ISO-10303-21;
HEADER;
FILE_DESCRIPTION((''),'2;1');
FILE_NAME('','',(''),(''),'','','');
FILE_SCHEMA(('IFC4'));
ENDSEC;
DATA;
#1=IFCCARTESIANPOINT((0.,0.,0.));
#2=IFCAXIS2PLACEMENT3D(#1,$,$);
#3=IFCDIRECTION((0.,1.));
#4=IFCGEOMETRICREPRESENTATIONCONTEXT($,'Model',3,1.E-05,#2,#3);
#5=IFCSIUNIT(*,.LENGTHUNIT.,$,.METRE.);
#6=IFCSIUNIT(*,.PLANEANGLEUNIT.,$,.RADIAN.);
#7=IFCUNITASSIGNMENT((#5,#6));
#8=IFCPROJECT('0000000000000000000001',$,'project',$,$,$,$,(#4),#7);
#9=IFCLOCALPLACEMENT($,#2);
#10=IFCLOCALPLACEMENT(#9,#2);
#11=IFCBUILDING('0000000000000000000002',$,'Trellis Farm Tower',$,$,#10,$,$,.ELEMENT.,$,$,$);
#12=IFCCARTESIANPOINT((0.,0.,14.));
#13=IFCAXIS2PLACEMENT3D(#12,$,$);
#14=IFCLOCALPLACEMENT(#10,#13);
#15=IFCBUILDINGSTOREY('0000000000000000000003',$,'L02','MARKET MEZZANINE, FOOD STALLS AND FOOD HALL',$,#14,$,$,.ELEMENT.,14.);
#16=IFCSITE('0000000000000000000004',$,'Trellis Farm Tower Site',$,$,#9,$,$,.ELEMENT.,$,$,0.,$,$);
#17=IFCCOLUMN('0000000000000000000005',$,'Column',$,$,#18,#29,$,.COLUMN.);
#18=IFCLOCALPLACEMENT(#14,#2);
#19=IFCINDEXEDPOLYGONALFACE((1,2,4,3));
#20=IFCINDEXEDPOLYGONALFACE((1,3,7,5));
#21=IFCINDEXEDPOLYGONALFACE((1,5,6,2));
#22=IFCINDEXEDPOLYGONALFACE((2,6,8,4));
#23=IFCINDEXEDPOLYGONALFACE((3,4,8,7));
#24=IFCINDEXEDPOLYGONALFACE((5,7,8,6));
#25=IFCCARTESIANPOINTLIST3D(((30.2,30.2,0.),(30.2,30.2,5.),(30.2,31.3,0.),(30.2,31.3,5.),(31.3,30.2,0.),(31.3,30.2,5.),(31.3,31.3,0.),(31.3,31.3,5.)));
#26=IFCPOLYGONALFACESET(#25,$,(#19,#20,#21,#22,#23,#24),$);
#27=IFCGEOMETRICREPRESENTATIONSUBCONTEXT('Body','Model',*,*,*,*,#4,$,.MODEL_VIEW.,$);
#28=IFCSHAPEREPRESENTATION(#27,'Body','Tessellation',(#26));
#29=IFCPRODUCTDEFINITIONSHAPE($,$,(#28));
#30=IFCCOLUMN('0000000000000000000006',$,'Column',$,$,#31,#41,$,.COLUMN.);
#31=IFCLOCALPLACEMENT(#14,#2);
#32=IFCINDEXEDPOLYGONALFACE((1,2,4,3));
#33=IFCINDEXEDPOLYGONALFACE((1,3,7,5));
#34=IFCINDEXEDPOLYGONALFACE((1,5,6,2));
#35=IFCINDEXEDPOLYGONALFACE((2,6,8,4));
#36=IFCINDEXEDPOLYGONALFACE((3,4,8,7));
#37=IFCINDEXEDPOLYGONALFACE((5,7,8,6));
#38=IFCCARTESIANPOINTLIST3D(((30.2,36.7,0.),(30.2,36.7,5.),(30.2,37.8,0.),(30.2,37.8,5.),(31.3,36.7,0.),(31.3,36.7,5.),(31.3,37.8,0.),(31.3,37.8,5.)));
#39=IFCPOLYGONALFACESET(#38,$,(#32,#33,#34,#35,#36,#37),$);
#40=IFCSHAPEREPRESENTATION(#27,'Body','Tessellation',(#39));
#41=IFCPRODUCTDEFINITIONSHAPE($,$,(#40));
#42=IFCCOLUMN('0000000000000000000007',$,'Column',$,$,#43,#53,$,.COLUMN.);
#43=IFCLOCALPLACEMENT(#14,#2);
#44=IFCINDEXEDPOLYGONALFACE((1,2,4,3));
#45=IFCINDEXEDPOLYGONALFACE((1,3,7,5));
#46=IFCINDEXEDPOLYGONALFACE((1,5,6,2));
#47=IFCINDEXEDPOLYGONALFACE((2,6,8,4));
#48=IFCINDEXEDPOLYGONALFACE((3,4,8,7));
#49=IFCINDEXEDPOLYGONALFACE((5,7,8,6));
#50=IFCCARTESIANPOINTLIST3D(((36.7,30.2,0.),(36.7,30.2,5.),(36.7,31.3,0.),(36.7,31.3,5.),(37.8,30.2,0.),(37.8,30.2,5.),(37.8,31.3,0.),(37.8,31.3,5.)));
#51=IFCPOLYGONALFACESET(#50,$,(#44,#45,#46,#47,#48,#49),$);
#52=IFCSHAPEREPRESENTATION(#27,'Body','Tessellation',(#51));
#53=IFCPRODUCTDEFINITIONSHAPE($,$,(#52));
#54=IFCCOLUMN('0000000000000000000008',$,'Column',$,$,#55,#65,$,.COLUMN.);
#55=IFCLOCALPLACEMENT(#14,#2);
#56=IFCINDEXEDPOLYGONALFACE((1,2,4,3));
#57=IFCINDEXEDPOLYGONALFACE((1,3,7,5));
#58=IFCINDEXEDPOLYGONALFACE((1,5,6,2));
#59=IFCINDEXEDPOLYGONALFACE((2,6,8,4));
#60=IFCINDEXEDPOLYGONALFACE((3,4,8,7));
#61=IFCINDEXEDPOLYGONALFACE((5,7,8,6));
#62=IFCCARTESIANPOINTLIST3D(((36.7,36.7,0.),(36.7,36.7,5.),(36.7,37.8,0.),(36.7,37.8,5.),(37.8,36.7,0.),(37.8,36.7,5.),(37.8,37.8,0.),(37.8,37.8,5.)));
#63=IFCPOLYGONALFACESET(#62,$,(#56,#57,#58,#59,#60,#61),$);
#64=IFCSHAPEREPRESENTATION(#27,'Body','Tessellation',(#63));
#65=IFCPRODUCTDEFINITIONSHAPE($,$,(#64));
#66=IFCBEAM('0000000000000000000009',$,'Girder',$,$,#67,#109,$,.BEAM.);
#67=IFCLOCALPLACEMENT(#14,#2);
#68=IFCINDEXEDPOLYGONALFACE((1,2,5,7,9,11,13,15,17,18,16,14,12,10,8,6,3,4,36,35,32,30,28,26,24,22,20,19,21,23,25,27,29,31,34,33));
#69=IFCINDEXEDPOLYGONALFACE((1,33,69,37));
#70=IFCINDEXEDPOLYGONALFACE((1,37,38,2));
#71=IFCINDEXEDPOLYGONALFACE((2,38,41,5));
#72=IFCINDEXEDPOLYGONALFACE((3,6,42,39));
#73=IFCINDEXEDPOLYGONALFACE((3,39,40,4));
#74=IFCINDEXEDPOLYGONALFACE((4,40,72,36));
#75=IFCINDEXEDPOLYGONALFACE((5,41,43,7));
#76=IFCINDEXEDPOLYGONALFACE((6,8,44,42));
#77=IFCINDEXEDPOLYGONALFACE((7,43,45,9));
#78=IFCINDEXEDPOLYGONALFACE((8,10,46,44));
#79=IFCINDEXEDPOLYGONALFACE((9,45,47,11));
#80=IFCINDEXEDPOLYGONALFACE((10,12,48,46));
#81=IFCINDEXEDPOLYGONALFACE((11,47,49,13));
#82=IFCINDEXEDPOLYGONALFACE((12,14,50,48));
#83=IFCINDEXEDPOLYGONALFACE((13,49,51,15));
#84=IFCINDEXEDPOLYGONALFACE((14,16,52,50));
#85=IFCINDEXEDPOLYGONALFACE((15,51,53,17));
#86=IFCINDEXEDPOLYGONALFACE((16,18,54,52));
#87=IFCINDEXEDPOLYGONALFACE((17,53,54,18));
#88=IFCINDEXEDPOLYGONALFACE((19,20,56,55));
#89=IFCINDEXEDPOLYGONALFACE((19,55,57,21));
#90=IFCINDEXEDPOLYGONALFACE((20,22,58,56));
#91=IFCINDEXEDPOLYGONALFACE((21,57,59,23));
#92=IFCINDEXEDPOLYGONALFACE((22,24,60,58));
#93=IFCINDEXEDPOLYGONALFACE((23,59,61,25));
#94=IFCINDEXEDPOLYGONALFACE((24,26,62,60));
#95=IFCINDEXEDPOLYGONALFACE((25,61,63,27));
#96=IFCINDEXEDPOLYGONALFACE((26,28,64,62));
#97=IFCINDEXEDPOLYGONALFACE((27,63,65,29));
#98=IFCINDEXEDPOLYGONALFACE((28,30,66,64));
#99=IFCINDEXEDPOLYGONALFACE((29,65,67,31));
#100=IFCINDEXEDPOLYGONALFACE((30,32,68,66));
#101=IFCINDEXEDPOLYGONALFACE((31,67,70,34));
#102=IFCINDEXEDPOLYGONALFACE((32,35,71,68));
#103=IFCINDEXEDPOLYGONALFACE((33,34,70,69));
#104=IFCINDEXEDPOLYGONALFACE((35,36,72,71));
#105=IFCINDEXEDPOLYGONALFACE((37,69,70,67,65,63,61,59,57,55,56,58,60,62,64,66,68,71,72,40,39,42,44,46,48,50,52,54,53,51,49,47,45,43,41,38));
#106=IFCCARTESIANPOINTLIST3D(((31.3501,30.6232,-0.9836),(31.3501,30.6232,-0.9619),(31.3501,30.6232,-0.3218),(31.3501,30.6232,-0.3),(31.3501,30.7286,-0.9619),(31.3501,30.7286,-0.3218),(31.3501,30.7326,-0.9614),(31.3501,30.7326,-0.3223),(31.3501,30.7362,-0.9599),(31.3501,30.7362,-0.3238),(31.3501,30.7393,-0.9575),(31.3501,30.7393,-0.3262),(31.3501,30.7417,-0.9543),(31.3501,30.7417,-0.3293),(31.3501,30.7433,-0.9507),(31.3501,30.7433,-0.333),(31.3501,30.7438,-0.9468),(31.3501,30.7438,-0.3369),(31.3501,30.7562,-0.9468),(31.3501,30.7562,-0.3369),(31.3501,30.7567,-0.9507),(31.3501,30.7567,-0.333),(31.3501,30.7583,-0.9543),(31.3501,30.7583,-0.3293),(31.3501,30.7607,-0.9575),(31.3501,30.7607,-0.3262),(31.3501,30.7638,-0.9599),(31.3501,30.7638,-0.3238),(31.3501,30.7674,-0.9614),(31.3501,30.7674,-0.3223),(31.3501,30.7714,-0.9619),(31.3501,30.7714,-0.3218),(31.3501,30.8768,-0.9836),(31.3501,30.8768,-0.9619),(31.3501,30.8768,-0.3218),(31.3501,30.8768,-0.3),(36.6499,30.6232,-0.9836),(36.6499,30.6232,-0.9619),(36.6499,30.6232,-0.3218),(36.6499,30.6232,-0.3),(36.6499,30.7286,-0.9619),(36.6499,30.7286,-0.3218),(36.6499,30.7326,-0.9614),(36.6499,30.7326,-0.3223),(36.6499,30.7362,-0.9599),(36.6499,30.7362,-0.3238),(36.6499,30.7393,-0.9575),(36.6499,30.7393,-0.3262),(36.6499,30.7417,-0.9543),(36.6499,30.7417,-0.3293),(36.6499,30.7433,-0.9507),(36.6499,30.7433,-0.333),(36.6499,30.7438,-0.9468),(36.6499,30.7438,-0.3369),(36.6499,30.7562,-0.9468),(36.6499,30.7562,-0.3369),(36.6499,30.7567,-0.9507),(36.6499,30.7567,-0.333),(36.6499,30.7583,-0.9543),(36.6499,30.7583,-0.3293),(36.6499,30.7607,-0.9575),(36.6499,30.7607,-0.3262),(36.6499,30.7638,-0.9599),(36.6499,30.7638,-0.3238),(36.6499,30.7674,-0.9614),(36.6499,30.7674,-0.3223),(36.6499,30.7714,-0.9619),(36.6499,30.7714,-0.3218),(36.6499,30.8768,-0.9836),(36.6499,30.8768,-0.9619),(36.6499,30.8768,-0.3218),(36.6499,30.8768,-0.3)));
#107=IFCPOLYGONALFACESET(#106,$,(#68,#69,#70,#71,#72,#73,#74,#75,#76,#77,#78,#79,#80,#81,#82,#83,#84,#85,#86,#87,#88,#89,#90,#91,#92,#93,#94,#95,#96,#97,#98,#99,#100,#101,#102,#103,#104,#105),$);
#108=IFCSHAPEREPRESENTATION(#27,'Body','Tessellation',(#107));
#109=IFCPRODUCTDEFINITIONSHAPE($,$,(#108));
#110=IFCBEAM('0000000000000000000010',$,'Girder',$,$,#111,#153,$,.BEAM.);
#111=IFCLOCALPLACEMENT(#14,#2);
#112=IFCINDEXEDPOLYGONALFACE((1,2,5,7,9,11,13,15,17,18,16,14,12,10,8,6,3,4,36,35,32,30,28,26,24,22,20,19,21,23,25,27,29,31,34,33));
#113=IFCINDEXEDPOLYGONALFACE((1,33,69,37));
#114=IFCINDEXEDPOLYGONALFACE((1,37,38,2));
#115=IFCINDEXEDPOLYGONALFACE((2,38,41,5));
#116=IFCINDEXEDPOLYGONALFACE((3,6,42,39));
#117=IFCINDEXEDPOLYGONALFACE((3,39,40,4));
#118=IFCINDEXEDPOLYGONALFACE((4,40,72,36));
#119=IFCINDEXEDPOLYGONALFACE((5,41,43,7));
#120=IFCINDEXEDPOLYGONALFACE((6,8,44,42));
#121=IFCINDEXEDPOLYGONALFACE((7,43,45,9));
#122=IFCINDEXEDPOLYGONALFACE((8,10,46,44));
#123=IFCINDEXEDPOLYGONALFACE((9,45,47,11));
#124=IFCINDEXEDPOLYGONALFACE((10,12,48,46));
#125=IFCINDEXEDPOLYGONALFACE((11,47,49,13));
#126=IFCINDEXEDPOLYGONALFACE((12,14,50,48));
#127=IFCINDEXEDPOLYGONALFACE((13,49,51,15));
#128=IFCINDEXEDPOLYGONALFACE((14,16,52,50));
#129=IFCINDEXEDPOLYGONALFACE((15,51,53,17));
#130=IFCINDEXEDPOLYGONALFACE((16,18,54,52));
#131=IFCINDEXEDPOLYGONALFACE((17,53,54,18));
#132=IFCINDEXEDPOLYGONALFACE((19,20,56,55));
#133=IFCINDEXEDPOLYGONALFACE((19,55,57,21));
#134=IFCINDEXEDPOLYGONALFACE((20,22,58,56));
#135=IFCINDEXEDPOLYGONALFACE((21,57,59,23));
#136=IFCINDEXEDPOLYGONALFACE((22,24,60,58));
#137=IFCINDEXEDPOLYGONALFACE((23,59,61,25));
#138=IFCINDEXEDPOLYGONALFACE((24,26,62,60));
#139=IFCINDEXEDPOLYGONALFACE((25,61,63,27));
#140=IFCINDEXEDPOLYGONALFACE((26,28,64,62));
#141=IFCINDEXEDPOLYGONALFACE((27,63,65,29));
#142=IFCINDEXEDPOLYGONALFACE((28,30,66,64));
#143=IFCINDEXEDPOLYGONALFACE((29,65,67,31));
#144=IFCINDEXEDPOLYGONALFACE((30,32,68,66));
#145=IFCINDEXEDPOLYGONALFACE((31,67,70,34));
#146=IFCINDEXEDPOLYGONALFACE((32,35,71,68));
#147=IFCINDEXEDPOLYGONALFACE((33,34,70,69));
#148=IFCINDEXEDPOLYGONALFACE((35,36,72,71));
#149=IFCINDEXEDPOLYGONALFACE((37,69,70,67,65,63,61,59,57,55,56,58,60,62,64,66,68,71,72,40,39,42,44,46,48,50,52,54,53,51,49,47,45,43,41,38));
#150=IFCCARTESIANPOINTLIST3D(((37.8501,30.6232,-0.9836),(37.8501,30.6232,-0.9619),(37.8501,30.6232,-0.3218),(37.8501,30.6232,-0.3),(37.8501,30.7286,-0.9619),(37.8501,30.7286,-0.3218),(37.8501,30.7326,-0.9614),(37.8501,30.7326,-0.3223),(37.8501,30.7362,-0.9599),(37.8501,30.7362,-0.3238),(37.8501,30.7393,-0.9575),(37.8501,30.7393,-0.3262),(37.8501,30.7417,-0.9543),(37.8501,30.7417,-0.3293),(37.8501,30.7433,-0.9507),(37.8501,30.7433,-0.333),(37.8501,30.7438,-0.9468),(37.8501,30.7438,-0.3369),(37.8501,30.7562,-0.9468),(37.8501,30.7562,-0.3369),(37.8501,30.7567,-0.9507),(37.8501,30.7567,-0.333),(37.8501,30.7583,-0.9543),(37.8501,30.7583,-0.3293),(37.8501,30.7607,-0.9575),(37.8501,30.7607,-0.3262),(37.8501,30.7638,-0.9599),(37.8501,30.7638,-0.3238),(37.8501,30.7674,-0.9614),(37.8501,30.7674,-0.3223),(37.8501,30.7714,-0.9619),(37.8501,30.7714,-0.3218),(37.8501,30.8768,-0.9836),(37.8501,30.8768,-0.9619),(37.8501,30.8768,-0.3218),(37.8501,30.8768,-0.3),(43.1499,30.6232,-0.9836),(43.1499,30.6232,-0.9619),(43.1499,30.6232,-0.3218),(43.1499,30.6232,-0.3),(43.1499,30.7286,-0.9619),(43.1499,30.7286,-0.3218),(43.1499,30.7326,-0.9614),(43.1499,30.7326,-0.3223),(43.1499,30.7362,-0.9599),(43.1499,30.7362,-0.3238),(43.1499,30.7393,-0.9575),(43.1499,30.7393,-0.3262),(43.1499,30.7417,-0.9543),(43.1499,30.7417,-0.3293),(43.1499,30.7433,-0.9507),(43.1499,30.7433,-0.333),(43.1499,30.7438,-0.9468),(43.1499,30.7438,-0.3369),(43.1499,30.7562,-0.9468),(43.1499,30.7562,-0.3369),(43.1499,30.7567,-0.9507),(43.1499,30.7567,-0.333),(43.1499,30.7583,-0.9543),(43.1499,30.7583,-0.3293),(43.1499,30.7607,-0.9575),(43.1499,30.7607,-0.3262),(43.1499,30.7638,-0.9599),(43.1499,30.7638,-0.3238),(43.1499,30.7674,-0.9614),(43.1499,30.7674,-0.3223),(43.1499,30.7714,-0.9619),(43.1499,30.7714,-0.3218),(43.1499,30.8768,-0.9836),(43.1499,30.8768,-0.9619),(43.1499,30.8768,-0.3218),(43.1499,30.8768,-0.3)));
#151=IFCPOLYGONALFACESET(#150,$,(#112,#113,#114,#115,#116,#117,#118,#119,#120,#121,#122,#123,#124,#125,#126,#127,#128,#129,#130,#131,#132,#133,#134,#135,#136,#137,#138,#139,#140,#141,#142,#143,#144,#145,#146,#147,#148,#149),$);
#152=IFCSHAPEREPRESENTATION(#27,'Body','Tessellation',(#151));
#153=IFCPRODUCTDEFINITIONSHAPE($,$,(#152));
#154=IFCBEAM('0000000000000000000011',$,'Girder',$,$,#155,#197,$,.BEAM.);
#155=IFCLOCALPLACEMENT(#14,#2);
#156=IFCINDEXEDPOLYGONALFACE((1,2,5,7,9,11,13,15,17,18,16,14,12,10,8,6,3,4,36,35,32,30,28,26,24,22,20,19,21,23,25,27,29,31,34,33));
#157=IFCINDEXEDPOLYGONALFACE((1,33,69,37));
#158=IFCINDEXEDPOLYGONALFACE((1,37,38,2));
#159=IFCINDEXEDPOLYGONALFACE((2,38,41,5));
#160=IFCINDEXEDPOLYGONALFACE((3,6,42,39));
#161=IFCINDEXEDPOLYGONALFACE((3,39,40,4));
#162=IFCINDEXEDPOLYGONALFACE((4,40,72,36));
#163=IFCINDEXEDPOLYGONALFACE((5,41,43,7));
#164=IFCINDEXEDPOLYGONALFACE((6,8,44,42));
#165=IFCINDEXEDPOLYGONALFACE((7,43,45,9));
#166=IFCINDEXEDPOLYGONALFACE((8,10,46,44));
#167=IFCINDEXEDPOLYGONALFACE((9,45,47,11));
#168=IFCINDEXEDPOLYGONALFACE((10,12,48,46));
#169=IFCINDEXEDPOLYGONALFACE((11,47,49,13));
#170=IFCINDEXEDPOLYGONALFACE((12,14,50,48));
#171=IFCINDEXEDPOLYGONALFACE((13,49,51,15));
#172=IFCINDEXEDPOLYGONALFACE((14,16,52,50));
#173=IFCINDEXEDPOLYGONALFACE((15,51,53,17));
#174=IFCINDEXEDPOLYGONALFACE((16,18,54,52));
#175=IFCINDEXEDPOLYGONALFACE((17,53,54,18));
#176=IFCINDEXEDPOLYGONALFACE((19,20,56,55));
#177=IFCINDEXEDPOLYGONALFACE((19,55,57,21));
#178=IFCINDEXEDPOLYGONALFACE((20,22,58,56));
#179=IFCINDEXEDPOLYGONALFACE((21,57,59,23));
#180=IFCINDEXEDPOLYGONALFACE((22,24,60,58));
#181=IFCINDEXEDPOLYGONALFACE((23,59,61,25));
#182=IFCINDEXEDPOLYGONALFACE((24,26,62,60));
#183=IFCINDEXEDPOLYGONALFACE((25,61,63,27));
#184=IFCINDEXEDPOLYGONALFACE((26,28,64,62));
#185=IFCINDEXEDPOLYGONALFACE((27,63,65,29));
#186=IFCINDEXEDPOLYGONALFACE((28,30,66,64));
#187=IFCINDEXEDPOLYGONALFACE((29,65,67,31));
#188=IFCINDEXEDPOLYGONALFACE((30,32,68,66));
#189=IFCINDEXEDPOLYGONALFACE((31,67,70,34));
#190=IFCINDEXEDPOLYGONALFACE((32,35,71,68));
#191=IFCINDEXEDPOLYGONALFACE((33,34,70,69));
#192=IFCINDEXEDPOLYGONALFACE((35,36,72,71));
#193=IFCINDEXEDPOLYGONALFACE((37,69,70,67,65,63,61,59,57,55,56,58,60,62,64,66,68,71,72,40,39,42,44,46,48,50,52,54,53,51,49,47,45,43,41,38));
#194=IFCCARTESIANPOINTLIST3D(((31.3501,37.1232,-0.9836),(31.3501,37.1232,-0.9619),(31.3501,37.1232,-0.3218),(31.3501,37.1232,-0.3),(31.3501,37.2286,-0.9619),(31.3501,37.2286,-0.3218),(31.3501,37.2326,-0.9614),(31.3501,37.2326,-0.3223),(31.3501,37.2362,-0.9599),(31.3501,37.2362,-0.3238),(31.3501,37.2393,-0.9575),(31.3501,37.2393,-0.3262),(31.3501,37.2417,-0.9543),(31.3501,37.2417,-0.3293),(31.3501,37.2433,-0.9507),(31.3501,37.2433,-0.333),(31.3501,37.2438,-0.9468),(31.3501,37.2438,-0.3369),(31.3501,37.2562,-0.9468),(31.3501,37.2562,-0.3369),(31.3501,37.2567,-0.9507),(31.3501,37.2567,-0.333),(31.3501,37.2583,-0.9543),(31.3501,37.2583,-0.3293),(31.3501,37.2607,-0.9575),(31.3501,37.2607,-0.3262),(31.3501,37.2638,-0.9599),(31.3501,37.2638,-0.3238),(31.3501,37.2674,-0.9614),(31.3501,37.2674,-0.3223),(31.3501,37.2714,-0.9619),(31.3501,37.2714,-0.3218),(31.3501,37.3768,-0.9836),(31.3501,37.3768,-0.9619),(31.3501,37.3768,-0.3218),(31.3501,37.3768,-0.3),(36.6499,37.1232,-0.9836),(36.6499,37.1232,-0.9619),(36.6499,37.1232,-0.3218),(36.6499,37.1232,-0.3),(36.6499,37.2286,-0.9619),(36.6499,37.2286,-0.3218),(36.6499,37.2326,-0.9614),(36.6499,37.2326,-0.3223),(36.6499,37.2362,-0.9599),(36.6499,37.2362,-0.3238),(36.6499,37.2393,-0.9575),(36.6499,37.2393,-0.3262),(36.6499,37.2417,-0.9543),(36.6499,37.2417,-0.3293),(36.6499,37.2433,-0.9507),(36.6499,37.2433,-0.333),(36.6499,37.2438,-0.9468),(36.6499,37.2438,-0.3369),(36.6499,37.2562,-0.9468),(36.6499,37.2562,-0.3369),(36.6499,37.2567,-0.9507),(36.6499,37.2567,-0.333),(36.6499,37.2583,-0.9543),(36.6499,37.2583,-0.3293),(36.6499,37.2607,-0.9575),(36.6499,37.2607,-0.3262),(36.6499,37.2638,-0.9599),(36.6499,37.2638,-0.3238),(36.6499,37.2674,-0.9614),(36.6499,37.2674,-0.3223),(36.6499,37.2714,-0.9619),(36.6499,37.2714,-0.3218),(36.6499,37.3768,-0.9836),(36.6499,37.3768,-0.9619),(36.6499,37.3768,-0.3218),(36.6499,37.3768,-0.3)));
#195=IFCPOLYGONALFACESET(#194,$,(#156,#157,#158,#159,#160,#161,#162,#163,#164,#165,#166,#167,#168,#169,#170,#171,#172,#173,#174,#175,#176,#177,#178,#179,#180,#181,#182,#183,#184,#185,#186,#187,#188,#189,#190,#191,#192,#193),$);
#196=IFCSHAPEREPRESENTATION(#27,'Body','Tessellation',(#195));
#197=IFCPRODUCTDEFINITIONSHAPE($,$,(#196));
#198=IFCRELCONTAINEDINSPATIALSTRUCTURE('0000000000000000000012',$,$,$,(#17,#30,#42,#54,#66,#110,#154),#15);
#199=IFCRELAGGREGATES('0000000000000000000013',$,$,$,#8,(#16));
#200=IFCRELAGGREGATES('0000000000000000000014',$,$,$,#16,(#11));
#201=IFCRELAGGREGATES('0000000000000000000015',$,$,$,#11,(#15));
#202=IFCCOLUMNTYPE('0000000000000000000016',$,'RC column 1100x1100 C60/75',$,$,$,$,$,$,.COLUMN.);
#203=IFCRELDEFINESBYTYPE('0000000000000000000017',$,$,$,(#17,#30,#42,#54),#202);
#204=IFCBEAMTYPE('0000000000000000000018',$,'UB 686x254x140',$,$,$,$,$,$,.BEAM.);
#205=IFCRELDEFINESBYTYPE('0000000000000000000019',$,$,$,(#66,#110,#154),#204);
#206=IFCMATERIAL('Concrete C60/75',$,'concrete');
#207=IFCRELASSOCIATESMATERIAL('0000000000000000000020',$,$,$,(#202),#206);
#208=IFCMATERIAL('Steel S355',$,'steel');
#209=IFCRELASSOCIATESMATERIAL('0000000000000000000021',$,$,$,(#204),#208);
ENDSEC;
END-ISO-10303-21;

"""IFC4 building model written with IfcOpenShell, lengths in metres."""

from ifc_helpers import new_model, si_unit, direction, frame, origin, origin_2d, place, context, subcontext, project, spatial, rectangle, i_section, extrude, source, transform, mapped, material, material_profile, profile_set, type_object, element, save


model = new_model("IFC4")

# Units and contexts
model_context = context("Model", 3, precision=1e-05, world=origin(), true_north=direction((0.0, 1.0)))
body_context = subcontext(model_context, "Body", "Model", "MODEL_VIEW")
ifc_project = project(units=[si_unit("LENGTHUNIT", "METRE"), si_unit("PLANEANGLEUNIT", "RADIAN")], contexts=[model_context])

# Site, building, storey
site_placement = place(None, origin())
site = spatial("IfcSite", under=ifc_project, at=site_placement, Name="Trellis Farm Tower Site", CompositionType="ELEMENT", RefElevation=0.0)
building_placement = place(site_placement, origin())
building = spatial("IfcBuilding", under=site, at=building_placement, Name="Trellis Farm Tower", CompositionType="ELEMENT")
storey_placement = place(building_placement, frame((0.0, 0.0, 14.0)))
storey = spatial("IfcBuildingStorey", under=building, at=storey_placement, Name="L02", Description="MARKET MEZZANINE, FOOD STALLS AND FOOD HALL", CompositionType="ELEMENT", Elevation=14.0)

# Columns
ifc_material_1 = material(Name="Concrete C60/75", Category="concrete")
ifc_material_profile_1 = material_profile(ifc_material_1, rectangle(XDim=1.1001, YDim=1.1001, at=origin_2d()), Name="RC column 1100x1100 C60/75")
ifc_profile_set_1 = profile_set([ifc_material_profile_1], Name="Concrete C60/75")
column_type = type_object("IfcColumnType", Name="RC column 1100x1100 C60/75", PredefinedType="COLUMN", material=ifc_profile_set_1)
shared_shape_1 = source(origin(), body_context, "Body", "SweptSolid", [
    extrude(rectangle(XDim=1.1001, YDim=1.1001, at=origin_2d()), origin(), (0.0, 0.0, 1.0), 5.0),
])
for number, where, z_axis, x_axis, name in (
    (1, (30.75, 30.75, 0.0), (0.0, 0.0, 1.0), (1.0, 0.0, 0.0), "Column"),
    (2, (30.75, 37.25, 0.0), (0.0, 0.0, 1.0), (1.0, 0.0, 0.0), "Column"),
    (3, (37.25, 30.75, 0.0), (0.0, 0.0, 1.0), (1.0, 0.0, 0.0), "Column"),
    (4, (37.25, 37.25, 0.0), (0.0, 0.0, 1.0), (1.0, 0.0, 0.0), "Column"),
):
    element("IfcColumn", number, at=place(storey_placement, frame(where, z_axis=z_axis, x_axis=x_axis)), inside=storey, type_object=column_type, Name=name, PredefinedType="COLUMN", context=body_context, shape_type="MappedRepresentation", body=[
        mapped(shared_shape_1, transform((0.0, 0.0, 0.0))),
    ])

# Beams
ifc_material_2 = material(Name="Steel S355", Category="steel")
ifc_material_profile_2 = material_profile(ifc_material_2, i_section(OverallWidth=0.2537, OverallDepth=0.6836, WebThickness=0.0125, FlangeThickness=0.0217, FilletRadius=0.0151, at=origin_2d()), Name="UB 686x254x140")
ifc_profile_set_2 = profile_set([ifc_material_profile_2], Name="Steel S355")
beam_type_1 = type_object("IfcBeamType", Name="UB 686x254x140", PredefinedType="BEAM", material=ifc_profile_set_2)
shared_shape_2 = source(origin(), body_context, "Body", "SweptSolid", [
    extrude(i_section(OverallWidth=0.2537, OverallDepth=0.6836, WebThickness=0.0125, FlangeThickness=0.0217, FilletRadius=0.0151, at=origin_2d()), origin(), (0.0, 0.0, 1.0), 5.2998),
])
for number, where, z_axis, x_axis, name in (
    (5, (31.3501, 30.75, -0.6418), (1.0, 0.0, 0.0), (0.0, 1.0, 0.0), "Girder"),
    (6, (37.8501, 30.75, -0.6418), (1.0, 0.0, 0.0), (0.0, 1.0, 0.0), "Girder"),
    (7, (31.3501, 37.25, -0.6418), (1.0, 0.0, 0.0), (0.0, 1.0, 0.0), "Girder"),
):
    element("IfcBeam", number, at=place(storey_placement, frame(where, z_axis=z_axis, x_axis=x_axis)), inside=storey, type_object=beam_type_1, Name=name, PredefinedType="BEAM", context=body_context, shape_type="MappedRepresentation", body=[
        mapped(shared_shape_2, transform((0.0, 0.0, 0.0))),
    ])

save(model, "model.ifc")
